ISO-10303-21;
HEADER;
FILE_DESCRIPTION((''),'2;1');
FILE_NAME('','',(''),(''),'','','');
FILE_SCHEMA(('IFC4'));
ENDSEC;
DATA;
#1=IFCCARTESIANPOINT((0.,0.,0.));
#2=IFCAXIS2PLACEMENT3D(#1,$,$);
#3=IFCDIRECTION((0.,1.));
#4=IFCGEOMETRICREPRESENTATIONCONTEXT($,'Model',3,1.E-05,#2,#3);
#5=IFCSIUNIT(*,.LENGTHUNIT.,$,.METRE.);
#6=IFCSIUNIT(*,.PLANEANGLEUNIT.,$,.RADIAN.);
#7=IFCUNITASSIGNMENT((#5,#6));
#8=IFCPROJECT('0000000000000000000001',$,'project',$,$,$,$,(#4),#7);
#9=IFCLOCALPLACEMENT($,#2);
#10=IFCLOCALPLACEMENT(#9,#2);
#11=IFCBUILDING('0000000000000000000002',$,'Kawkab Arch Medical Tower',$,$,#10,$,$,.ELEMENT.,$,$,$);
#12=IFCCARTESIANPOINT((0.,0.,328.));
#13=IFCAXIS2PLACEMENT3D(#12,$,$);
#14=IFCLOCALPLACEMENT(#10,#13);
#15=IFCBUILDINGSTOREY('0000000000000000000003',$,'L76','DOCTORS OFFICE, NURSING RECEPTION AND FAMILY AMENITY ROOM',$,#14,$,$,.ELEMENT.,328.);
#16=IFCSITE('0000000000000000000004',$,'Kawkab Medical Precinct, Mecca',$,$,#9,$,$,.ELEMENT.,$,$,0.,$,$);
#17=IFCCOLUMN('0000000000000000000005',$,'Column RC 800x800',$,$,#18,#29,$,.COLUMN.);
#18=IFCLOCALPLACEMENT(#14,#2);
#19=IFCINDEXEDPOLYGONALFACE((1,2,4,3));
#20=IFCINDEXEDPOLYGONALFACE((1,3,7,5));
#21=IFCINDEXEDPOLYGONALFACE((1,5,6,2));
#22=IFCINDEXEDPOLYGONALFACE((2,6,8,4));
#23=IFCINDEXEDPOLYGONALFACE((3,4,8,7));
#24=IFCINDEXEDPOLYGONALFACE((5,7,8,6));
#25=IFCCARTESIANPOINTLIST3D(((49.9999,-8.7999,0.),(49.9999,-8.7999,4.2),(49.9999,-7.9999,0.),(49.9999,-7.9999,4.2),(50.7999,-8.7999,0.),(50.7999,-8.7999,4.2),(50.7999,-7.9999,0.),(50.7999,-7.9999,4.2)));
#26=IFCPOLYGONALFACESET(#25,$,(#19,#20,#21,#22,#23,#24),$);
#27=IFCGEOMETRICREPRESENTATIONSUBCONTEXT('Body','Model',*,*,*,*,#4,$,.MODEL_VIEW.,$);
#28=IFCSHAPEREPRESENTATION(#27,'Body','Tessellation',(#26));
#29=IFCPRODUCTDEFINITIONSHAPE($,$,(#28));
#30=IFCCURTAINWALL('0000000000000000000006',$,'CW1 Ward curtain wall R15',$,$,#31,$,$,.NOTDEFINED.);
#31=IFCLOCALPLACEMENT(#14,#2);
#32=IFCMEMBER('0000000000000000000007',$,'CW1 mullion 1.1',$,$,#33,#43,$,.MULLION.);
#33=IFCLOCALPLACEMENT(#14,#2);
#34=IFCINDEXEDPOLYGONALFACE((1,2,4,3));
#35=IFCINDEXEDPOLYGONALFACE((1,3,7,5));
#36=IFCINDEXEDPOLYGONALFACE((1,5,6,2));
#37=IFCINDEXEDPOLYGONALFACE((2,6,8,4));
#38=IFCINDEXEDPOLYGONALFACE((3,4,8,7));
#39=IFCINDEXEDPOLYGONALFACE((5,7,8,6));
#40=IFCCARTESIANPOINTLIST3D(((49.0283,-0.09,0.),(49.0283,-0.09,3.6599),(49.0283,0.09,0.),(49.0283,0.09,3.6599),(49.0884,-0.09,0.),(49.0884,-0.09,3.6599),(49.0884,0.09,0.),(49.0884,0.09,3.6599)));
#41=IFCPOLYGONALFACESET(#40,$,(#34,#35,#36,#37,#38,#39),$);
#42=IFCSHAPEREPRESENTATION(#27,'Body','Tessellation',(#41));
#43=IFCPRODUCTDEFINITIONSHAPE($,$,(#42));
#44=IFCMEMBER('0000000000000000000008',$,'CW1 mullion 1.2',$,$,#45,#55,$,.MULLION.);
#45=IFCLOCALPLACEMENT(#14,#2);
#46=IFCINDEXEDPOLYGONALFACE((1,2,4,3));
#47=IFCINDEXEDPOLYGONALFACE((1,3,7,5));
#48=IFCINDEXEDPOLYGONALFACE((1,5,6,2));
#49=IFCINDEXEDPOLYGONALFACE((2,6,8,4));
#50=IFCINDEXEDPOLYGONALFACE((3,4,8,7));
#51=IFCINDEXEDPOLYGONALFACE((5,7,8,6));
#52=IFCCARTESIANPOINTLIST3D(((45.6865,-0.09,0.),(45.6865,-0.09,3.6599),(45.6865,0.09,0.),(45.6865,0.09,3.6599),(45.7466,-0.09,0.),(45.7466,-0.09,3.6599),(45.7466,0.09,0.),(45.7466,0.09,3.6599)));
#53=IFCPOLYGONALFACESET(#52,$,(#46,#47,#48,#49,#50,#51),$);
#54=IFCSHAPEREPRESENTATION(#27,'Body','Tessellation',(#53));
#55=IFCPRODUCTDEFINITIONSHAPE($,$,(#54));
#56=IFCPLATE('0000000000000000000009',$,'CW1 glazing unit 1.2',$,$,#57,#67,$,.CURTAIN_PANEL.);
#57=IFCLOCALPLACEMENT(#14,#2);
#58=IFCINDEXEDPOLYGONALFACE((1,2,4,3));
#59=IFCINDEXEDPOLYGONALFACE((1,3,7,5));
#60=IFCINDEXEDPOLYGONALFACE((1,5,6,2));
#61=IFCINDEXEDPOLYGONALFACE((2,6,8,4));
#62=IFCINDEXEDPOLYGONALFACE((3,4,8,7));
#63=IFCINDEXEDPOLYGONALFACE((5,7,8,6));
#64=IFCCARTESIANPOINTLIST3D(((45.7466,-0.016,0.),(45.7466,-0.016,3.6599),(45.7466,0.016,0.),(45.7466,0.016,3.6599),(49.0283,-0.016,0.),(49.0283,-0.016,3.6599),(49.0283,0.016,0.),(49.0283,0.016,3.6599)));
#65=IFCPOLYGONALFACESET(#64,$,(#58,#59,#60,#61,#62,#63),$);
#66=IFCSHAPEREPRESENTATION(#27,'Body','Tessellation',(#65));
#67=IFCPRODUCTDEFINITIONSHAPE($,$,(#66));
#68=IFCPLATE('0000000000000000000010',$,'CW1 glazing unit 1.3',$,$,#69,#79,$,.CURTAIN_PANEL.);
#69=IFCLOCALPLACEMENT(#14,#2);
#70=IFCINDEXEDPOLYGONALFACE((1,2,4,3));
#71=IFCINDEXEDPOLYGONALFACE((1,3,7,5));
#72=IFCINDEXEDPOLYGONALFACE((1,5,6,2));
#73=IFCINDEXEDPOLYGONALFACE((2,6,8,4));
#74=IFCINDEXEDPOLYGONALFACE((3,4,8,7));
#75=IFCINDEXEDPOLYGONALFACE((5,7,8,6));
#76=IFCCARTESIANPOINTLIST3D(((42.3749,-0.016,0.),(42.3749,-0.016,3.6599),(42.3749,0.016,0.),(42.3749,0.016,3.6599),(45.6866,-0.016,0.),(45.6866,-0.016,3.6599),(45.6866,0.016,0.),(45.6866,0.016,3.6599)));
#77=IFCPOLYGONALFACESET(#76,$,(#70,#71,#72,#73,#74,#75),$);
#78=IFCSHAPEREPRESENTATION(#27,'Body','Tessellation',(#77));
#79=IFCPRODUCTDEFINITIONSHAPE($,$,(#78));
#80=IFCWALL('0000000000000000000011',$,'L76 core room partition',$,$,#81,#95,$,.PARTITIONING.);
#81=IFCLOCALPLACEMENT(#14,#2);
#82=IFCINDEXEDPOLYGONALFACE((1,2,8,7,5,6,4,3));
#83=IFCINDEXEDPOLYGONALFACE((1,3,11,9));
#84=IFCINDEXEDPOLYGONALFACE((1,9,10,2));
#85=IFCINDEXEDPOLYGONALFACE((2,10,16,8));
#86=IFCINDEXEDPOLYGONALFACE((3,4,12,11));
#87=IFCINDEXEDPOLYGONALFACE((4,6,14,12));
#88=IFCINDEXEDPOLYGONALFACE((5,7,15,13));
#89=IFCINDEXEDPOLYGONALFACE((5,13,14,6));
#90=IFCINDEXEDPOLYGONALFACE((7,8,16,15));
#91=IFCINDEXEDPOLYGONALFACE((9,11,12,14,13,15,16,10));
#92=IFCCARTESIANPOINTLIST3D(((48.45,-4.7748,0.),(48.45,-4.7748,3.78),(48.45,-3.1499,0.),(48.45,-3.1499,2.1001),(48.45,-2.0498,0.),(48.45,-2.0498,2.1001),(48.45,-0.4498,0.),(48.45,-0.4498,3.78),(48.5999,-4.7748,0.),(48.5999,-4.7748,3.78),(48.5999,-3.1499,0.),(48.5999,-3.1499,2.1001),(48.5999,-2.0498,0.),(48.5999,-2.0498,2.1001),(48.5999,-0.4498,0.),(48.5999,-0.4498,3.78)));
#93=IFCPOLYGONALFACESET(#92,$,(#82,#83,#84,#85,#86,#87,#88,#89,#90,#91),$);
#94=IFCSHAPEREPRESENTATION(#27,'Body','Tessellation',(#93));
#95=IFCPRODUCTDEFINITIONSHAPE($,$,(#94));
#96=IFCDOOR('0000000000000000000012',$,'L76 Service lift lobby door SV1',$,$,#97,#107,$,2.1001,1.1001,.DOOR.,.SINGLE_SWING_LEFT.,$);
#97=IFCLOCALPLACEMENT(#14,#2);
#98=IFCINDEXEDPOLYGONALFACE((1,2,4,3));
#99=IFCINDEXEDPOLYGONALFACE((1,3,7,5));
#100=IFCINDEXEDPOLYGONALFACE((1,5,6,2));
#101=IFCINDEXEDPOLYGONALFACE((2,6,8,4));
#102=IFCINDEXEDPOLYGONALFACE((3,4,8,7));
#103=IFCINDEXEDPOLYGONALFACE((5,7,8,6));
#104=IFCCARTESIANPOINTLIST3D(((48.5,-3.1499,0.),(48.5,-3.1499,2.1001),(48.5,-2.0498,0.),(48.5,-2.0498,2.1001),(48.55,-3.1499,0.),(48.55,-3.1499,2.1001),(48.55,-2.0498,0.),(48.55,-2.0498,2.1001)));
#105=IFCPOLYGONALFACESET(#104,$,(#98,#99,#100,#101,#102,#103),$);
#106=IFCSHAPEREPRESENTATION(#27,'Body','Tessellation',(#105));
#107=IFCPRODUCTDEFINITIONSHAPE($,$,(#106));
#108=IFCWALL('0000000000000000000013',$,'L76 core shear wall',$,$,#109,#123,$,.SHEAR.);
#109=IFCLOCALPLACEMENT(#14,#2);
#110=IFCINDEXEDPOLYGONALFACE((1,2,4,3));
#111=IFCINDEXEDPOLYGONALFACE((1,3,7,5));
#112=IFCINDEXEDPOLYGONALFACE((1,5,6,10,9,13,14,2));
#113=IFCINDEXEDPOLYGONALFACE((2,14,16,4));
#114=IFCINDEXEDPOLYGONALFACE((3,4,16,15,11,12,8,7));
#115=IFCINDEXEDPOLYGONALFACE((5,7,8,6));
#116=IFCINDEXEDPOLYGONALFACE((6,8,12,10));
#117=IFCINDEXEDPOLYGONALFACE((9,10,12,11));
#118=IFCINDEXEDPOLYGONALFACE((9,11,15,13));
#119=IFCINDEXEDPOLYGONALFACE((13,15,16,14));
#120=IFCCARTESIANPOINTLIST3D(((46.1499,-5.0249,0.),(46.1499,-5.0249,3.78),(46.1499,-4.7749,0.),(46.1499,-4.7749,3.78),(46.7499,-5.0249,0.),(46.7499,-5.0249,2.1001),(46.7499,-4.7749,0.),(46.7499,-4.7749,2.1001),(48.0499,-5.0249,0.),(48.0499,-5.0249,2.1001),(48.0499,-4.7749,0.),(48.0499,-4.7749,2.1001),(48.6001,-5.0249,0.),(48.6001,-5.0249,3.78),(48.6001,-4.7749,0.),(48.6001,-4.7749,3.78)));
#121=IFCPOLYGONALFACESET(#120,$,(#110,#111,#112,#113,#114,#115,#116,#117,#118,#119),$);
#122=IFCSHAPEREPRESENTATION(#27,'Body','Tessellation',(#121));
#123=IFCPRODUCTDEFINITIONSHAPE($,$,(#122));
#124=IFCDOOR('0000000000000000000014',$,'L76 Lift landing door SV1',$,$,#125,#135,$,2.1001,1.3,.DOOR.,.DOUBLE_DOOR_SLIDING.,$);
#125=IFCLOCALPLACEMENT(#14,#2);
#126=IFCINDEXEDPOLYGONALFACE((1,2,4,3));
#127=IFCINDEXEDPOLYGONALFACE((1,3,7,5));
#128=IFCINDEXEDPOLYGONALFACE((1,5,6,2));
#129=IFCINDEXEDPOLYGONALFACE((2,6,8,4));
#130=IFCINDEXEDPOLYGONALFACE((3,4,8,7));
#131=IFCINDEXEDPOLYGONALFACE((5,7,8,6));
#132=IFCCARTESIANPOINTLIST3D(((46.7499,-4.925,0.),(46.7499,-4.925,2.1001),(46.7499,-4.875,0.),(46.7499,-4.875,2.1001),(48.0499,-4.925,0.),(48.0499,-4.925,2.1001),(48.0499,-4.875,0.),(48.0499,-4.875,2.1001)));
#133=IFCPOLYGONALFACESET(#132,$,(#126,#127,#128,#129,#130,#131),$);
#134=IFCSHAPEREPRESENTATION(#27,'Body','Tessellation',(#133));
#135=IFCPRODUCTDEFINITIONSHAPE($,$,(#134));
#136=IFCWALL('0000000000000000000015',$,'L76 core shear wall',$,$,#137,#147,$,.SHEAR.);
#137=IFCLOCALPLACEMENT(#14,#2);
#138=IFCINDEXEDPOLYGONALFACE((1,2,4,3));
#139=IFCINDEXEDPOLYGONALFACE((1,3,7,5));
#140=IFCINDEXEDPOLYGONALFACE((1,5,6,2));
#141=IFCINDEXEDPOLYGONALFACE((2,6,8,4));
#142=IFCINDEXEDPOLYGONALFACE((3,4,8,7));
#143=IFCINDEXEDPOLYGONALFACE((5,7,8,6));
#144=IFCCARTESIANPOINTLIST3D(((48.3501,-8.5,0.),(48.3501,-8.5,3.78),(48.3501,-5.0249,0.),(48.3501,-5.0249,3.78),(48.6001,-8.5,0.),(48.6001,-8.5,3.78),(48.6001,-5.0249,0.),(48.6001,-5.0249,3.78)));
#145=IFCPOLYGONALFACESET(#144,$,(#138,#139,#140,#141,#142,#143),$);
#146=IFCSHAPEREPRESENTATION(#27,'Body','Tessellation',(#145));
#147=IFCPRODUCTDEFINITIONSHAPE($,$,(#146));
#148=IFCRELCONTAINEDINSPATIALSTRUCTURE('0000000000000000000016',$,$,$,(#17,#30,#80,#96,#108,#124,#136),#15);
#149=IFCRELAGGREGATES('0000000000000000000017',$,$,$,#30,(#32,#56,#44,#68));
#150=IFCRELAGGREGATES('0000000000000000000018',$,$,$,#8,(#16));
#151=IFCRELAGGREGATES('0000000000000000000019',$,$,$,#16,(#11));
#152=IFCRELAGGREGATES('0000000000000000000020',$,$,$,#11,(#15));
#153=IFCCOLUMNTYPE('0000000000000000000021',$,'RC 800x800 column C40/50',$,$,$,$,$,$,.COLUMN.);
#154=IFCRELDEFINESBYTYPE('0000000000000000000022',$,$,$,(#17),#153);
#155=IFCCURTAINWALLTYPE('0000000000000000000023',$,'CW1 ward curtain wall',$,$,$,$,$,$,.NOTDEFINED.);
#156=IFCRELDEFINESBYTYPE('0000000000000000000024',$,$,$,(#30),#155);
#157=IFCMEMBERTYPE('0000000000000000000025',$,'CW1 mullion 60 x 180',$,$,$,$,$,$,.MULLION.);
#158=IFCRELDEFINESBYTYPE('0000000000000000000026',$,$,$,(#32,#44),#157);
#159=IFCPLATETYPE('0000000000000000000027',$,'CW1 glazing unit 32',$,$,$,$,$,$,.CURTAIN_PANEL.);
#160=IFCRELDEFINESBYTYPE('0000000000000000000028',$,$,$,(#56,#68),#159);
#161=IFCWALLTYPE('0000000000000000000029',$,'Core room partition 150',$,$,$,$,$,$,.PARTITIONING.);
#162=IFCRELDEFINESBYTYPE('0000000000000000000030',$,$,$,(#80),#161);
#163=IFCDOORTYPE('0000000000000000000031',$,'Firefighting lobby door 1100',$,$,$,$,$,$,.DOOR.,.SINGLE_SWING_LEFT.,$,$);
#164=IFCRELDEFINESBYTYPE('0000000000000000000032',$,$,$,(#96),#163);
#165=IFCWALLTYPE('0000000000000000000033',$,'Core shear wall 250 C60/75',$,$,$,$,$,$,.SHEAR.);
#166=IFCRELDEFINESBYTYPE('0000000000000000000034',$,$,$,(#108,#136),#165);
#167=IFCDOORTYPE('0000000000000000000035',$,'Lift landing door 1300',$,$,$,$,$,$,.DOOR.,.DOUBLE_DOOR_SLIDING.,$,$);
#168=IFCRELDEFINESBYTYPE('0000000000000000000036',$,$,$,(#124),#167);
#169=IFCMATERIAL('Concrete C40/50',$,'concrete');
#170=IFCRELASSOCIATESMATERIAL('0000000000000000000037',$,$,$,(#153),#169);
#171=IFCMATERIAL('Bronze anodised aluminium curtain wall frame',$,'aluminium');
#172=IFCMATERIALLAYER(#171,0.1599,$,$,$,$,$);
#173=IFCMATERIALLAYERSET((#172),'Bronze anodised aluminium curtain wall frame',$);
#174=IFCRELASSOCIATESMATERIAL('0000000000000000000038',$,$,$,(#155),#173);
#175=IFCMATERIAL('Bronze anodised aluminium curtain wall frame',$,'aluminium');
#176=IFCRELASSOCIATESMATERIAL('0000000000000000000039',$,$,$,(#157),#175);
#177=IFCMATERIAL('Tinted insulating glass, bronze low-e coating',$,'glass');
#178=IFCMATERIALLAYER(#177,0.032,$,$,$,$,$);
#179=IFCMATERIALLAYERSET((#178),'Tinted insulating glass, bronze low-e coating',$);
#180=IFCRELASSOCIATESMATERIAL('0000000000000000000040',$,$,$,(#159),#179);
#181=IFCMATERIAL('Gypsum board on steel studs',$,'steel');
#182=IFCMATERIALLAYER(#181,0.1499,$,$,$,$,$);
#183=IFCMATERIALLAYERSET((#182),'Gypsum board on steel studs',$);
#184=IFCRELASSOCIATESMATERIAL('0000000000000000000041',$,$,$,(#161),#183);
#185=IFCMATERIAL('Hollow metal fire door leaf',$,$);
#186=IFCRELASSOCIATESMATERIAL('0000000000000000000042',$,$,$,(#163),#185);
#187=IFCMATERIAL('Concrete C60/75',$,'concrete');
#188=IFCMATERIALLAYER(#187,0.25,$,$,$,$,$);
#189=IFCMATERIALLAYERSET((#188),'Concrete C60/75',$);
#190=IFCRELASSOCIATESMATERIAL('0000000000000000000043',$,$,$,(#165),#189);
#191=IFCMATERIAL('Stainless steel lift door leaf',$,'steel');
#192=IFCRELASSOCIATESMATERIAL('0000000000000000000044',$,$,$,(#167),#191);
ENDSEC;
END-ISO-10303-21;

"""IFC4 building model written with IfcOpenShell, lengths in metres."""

from ifc_helpers import new_model, si_unit, direction, frame, frame_2d, origin, origin_2d, place, context, subcontext, project, spatial, rectangle, extrude, material, layer, layer_set, material_profile, profile_set, type_object, element, fill, aggregate, save


model = new_model("IFC4")

# Units and contexts
model_context = context("Model", 3, precision=1e-05, world=origin(), true_north=direction((0.0, 1.0)))
body_context = subcontext(model_context, "Body", "Model", "MODEL_VIEW")
ifc_project = project(units=[si_unit("LENGTHUNIT", "METRE"), si_unit("PLANEANGLEUNIT", "RADIAN")], contexts=[model_context])

# Site, building, storey
site_placement = place(None, origin())
site = spatial("IfcSite", under=ifc_project, at=site_placement, Name="Kawkab Medical Precinct, Mecca", CompositionType="ELEMENT", RefElevation=0.0)
building_placement = place(site_placement, origin())
building = spatial("IfcBuilding", under=site, at=building_placement, Name="Kawkab Arch Medical Tower", CompositionType="ELEMENT")
storey_placement = place(building_placement, frame((0.0, 0.0, 328.0)))
storey = spatial("IfcBuildingStorey", under=building, at=storey_placement, Name="L76", Description="DOCTORS OFFICE, NURSING RECEPTION AND FAMILY AMENITY ROOM", CompositionType="ELEMENT", Elevation=328.0)

# Column
ifc_material_1 = material(Name="Concrete C40/50", Category="concrete")
ifc_material_profile_1 = material_profile(ifc_material_1, rectangle(XDim=0.8, YDim=0.8, at=origin_2d()), Name="RC 800x800")
ifc_profile_set_1 = profile_set([ifc_material_profile_1], Name="Concrete C40/50")
column_type = type_object("IfcColumnType", Name="RC 800x800 column C40/50", PredefinedType="COLUMN", material=ifc_profile_set_1)
column_placement = place(storey_placement, frame((50.3999, -8.3999, 0.0), z_axis=(0.0, 0.0, 1.0), x_axis=(1.0, 0.0, 0.0)))
element("IfcColumn", 1, at=column_placement, inside=storey, type_object=column_type, Name="Column RC 800x800", PredefinedType="COLUMN", context=body_context, shape_type="SweptSolid", body=[
    extrude(rectangle(XDim=0.8, YDim=0.8, at=origin_2d()), origin(), (0.0, 0.0, 1.0), 4.2),
])

# Curtain wall, members, plates
ifc_material_2 = material(Name="Bronze anodised aluminium curtain wall frame", Category="aluminium")
ifc_layer_1 = layer(ifc_material_2, 0.1599)
ifc_layer_set_1 = layer_set([ifc_layer_1], Name="Bronze anodised aluminium curtain wall frame")
curtain_wall_type = type_object("IfcCurtainWallType", Name="CW1 ward curtain wall", PredefinedType="NOTDEFINED", material=ifc_layer_set_1)
placement = place(storey_placement, origin())
curtain_wall = element("IfcCurtainWall", 2, at=placement, inside=storey, type_object=curtain_wall_type, Name="CW1 Ward curtain wall R15", PredefinedType="NOTDEFINED")
ifc_material_3 = material(Name="Bronze anodised aluminium curtain wall frame", Category="aluminium")
ifc_material_profile_2 = material_profile(ifc_material_3, rectangle(XDim=0.1799, YDim=0.0601, at=origin_2d()), Name="AL 60x180")
ifc_profile_set_2 = profile_set([ifc_material_profile_2], Name="Bronze anodised aluminium curtain wall frame")
member_type = type_object("IfcMemberType", Name="CW1 mullion 60 x 180", PredefinedType="MULLION", material=ifc_profile_set_2)
member_1_placement = place(storey_placement, frame((49.0583, 0.0, 0.0), z_axis=(0.0, 0.0, 1.0), x_axis=(0.0, -1.0, 0.0)))
member_1 = element("IfcMember", 3, at=member_1_placement, type_object=member_type, Name="CW1 mullion 1.1", PredefinedType="MULLION", context=body_context, shape_type="SweptSolid", body=[
    extrude(rectangle(XDim=0.1799, YDim=0.0601, at=origin_2d()), origin(), (0.0, 0.0, 1.0), 3.6599),
])
member_2_placement = place(storey_placement, frame((45.7166, 0.0, 0.0), z_axis=(0.0, 0.0, 1.0), x_axis=(0.0, -1.0, 0.0)))
member_2 = element("IfcMember", 4, at=member_2_placement, type_object=member_type, Name="CW1 mullion 1.2", PredefinedType="MULLION", context=body_context, shape_type="SweptSolid", body=[
    extrude(rectangle(XDim=0.1799, YDim=0.0601, at=origin_2d()), origin(), (0.0, 0.0, 1.0), 3.6599),
])
ifc_material_4 = material(Name="Tinted insulating glass, bronze low-e coating", Category="glass")
ifc_layer_2 = layer(ifc_material_4, 0.032)
ifc_layer_set_2 = layer_set([ifc_layer_2], Name="Tinted insulating glass, bronze low-e coating")
plate_type = type_object("IfcPlateType", Name="CW1 glazing unit 32", PredefinedType="CURTAIN_PANEL", material=ifc_layer_set_2)
plate_1_placement = place(storey_placement, frame((47.3875, 0.0, 0.0), z_axis=(0.0, 0.0, 1.0), x_axis=(-1.0, 0.0, 0.0)))
plate_1 = element("IfcPlate", 5, at=plate_1_placement, type_object=plate_type, Name="CW1 glazing unit 1.2", PredefinedType="CURTAIN_PANEL", context=body_context, shape_type="SweptSolid", body=[
    extrude(rectangle(XDim=3.2817, YDim=0.032, at=origin_2d()), origin(), (0.0, 0.0, 1.0), 3.6599),
])
plate_2_placement = place(storey_placement, frame((44.0308, 0.0, 0.0), z_axis=(0.0, 0.0, 1.0), x_axis=(-1.0, 0.0, 0.0)))
plate_2 = element("IfcPlate", 6, at=plate_2_placement, type_object=plate_type, Name="CW1 glazing unit 1.3", PredefinedType="CURTAIN_PANEL", context=body_context, shape_type="SweptSolid", body=[
    extrude(rectangle(XDim=3.3118, YDim=0.032, at=origin_2d()), origin(), (0.0, 0.0, 1.0), 3.6599),
])
aggregate(curtain_wall, [member_1, plate_1, member_2, plate_2])

# Walls, openings, doors
ifc_material_5 = material(Name="Gypsum board on steel studs", Category="steel")
ifc_layer_3 = layer(ifc_material_5, 0.1499)
ifc_layer_set_3 = layer_set([ifc_layer_3], Name="Gypsum board on steel studs")
wall_type_1 = type_object("IfcWallType", Name="Core room partition 150", PredefinedType="PARTITIONING", material=ifc_layer_set_3)
wall_1_placement = place(storey_placement, frame((48.5249, -4.7749, 0.0), z_axis=(0.0, 0.0, 1.0), x_axis=(0.0, 1.0, 0.0)))
wall_1 = element("IfcWall", 7, at=wall_1_placement, inside=storey, type_object=wall_type_1, Name="L76 core room partition", PredefinedType="PARTITIONING", context=body_context, shape_type="SweptSolid", body=[
    extrude(rectangle(XDim=4.325, YDim=0.1499, at=frame_2d((2.1626, 0.0))), origin(), (0.0, 0.0, 1.0), 3.78),
])
opening_1_placement = place(wall_1_placement, frame((1.625, 0.0, 0.0)))
opening_1 = element("IfcOpeningElement", 8, at=opening_1_placement, cuts=wall_1, PredefinedType="OPENING", context=body_context, shape_type="SweptSolid", body=[
    extrude(rectangle(XDim=1.1001, YDim=2.1001, at=frame_2d((0.55, 1.05))), frame((0.0, 0.085, 0.0), z_axis=(0.0, -1.0, 0.0), x_axis=(1.0, 0.0, 0.0)), (0.0, 0.0, 1.0), 0.1699),
])
ifc_material_6 = material(Name="Hollow metal fire door leaf")
door_type_1 = type_object("IfcDoorType", Name="Firefighting lobby door 1100", OperationType="SINGLE_SWING_LEFT", PredefinedType="DOOR", material=ifc_material_6)
door_1_placement = place(opening_1_placement, origin())
door_1 = element("IfcDoor", 9, at=door_1_placement, inside=storey, type_object=door_type_1, Name="L76 Service lift lobby door SV1", OperationType="SINGLE_SWING_LEFT", OverallHeight=2.1001, OverallWidth=1.1001, PredefinedType="DOOR", context=body_context, shape_type="SweptSolid", body=[
    extrude(rectangle(XDim=1.1001, YDim=2.1001, at=frame_2d((0.55, 1.05))), frame((0.0, 0.0249, 0.0), z_axis=(0.0, -1.0, 0.0), x_axis=(1.0, 0.0, 0.0)), (0.0, 0.0, 1.0), 0.05),
])
fill(opening_1, door_1)
ifc_material_7 = material(Name="Concrete C60/75", Category="concrete")
ifc_layer_4 = layer(ifc_material_7, 0.25)
ifc_layer_set_4 = layer_set([ifc_layer_4], Name="Concrete C60/75")
wall_type_2 = type_object("IfcWallType", Name="Core shear wall 250 C60/75", PredefinedType="SHEAR", material=ifc_layer_set_4)
wall_2_placement = place(storey_placement, frame((46.1499, -4.8999, 0.0), z_axis=(0.0, 0.0, 1.0), x_axis=(1.0, 0.0, 0.0)))
wall_2 = element("IfcWall", 10, at=wall_2_placement, inside=storey, type_object=wall_type_2, Name="L76 core shear wall", PredefinedType="SHEAR", context=body_context, shape_type="SweptSolid", body=[
    extrude(rectangle(XDim=2.4502, YDim=0.25, at=frame_2d((1.2251, 0.0))), origin(), (0.0, 0.0, 1.0), 3.78),
])
opening_2_placement = place(wall_2_placement, frame((0.6001, 0.0, 0.0)))
opening_2 = element("IfcOpeningElement", 11, at=opening_2_placement, cuts=wall_2, PredefinedType="OPENING", context=body_context, shape_type="SweptSolid", body=[
    extrude(rectangle(XDim=1.3, YDim=2.1001, at=frame_2d((0.6499, 1.05))), frame((0.0, 0.135, 0.0), z_axis=(0.0, -1.0, 0.0), x_axis=(1.0, 0.0, 0.0)), (0.0, 0.0, 1.0), 0.27),
])
ifc_material_8 = material(Name="Stainless steel lift door leaf", Category="steel")
door_type_2 = type_object("IfcDoorType", Name="Lift landing door 1300", OperationType="DOUBLE_DOOR_SLIDING", PredefinedType="DOOR", material=ifc_material_8)
door_2_placement = place(opening_2_placement, origin())
door_2 = element("IfcDoor", 12, at=door_2_placement, inside=storey, type_object=door_type_2, Name="L76 Lift landing door SV1", OperationType="DOUBLE_DOOR_SLIDING", OverallHeight=2.1001, OverallWidth=1.3, PredefinedType="DOOR", context=body_context, shape_type="SweptSolid", body=[
    extrude(rectangle(XDim=1.3, YDim=2.1001, at=frame_2d((0.6499, 1.05))), frame((0.0, 0.0249, 0.0), z_axis=(0.0, -1.0, 0.0), x_axis=(1.0, 0.0, 0.0)), (0.0, 0.0, 1.0), 0.05),
])
fill(opening_2, door_2)

# Wall
wall_3_placement = place(storey_placement, frame((48.4751, -8.5, 0.0), z_axis=(0.0, 0.0, 1.0), x_axis=(0.0, 1.0, 0.0)))
element("IfcWall", 13, at=wall_3_placement, inside=storey, type_object=wall_type_2, Name="L76 core shear wall", PredefinedType="SHEAR", context=body_context, shape_type="SweptSolid", body=[
    extrude(rectangle(XDim=3.4751, YDim=0.25, at=frame_2d((1.7375, 0.0))), origin(), (0.0, 0.0, 1.0), 3.78),
])

save(model, "model.ifc")
